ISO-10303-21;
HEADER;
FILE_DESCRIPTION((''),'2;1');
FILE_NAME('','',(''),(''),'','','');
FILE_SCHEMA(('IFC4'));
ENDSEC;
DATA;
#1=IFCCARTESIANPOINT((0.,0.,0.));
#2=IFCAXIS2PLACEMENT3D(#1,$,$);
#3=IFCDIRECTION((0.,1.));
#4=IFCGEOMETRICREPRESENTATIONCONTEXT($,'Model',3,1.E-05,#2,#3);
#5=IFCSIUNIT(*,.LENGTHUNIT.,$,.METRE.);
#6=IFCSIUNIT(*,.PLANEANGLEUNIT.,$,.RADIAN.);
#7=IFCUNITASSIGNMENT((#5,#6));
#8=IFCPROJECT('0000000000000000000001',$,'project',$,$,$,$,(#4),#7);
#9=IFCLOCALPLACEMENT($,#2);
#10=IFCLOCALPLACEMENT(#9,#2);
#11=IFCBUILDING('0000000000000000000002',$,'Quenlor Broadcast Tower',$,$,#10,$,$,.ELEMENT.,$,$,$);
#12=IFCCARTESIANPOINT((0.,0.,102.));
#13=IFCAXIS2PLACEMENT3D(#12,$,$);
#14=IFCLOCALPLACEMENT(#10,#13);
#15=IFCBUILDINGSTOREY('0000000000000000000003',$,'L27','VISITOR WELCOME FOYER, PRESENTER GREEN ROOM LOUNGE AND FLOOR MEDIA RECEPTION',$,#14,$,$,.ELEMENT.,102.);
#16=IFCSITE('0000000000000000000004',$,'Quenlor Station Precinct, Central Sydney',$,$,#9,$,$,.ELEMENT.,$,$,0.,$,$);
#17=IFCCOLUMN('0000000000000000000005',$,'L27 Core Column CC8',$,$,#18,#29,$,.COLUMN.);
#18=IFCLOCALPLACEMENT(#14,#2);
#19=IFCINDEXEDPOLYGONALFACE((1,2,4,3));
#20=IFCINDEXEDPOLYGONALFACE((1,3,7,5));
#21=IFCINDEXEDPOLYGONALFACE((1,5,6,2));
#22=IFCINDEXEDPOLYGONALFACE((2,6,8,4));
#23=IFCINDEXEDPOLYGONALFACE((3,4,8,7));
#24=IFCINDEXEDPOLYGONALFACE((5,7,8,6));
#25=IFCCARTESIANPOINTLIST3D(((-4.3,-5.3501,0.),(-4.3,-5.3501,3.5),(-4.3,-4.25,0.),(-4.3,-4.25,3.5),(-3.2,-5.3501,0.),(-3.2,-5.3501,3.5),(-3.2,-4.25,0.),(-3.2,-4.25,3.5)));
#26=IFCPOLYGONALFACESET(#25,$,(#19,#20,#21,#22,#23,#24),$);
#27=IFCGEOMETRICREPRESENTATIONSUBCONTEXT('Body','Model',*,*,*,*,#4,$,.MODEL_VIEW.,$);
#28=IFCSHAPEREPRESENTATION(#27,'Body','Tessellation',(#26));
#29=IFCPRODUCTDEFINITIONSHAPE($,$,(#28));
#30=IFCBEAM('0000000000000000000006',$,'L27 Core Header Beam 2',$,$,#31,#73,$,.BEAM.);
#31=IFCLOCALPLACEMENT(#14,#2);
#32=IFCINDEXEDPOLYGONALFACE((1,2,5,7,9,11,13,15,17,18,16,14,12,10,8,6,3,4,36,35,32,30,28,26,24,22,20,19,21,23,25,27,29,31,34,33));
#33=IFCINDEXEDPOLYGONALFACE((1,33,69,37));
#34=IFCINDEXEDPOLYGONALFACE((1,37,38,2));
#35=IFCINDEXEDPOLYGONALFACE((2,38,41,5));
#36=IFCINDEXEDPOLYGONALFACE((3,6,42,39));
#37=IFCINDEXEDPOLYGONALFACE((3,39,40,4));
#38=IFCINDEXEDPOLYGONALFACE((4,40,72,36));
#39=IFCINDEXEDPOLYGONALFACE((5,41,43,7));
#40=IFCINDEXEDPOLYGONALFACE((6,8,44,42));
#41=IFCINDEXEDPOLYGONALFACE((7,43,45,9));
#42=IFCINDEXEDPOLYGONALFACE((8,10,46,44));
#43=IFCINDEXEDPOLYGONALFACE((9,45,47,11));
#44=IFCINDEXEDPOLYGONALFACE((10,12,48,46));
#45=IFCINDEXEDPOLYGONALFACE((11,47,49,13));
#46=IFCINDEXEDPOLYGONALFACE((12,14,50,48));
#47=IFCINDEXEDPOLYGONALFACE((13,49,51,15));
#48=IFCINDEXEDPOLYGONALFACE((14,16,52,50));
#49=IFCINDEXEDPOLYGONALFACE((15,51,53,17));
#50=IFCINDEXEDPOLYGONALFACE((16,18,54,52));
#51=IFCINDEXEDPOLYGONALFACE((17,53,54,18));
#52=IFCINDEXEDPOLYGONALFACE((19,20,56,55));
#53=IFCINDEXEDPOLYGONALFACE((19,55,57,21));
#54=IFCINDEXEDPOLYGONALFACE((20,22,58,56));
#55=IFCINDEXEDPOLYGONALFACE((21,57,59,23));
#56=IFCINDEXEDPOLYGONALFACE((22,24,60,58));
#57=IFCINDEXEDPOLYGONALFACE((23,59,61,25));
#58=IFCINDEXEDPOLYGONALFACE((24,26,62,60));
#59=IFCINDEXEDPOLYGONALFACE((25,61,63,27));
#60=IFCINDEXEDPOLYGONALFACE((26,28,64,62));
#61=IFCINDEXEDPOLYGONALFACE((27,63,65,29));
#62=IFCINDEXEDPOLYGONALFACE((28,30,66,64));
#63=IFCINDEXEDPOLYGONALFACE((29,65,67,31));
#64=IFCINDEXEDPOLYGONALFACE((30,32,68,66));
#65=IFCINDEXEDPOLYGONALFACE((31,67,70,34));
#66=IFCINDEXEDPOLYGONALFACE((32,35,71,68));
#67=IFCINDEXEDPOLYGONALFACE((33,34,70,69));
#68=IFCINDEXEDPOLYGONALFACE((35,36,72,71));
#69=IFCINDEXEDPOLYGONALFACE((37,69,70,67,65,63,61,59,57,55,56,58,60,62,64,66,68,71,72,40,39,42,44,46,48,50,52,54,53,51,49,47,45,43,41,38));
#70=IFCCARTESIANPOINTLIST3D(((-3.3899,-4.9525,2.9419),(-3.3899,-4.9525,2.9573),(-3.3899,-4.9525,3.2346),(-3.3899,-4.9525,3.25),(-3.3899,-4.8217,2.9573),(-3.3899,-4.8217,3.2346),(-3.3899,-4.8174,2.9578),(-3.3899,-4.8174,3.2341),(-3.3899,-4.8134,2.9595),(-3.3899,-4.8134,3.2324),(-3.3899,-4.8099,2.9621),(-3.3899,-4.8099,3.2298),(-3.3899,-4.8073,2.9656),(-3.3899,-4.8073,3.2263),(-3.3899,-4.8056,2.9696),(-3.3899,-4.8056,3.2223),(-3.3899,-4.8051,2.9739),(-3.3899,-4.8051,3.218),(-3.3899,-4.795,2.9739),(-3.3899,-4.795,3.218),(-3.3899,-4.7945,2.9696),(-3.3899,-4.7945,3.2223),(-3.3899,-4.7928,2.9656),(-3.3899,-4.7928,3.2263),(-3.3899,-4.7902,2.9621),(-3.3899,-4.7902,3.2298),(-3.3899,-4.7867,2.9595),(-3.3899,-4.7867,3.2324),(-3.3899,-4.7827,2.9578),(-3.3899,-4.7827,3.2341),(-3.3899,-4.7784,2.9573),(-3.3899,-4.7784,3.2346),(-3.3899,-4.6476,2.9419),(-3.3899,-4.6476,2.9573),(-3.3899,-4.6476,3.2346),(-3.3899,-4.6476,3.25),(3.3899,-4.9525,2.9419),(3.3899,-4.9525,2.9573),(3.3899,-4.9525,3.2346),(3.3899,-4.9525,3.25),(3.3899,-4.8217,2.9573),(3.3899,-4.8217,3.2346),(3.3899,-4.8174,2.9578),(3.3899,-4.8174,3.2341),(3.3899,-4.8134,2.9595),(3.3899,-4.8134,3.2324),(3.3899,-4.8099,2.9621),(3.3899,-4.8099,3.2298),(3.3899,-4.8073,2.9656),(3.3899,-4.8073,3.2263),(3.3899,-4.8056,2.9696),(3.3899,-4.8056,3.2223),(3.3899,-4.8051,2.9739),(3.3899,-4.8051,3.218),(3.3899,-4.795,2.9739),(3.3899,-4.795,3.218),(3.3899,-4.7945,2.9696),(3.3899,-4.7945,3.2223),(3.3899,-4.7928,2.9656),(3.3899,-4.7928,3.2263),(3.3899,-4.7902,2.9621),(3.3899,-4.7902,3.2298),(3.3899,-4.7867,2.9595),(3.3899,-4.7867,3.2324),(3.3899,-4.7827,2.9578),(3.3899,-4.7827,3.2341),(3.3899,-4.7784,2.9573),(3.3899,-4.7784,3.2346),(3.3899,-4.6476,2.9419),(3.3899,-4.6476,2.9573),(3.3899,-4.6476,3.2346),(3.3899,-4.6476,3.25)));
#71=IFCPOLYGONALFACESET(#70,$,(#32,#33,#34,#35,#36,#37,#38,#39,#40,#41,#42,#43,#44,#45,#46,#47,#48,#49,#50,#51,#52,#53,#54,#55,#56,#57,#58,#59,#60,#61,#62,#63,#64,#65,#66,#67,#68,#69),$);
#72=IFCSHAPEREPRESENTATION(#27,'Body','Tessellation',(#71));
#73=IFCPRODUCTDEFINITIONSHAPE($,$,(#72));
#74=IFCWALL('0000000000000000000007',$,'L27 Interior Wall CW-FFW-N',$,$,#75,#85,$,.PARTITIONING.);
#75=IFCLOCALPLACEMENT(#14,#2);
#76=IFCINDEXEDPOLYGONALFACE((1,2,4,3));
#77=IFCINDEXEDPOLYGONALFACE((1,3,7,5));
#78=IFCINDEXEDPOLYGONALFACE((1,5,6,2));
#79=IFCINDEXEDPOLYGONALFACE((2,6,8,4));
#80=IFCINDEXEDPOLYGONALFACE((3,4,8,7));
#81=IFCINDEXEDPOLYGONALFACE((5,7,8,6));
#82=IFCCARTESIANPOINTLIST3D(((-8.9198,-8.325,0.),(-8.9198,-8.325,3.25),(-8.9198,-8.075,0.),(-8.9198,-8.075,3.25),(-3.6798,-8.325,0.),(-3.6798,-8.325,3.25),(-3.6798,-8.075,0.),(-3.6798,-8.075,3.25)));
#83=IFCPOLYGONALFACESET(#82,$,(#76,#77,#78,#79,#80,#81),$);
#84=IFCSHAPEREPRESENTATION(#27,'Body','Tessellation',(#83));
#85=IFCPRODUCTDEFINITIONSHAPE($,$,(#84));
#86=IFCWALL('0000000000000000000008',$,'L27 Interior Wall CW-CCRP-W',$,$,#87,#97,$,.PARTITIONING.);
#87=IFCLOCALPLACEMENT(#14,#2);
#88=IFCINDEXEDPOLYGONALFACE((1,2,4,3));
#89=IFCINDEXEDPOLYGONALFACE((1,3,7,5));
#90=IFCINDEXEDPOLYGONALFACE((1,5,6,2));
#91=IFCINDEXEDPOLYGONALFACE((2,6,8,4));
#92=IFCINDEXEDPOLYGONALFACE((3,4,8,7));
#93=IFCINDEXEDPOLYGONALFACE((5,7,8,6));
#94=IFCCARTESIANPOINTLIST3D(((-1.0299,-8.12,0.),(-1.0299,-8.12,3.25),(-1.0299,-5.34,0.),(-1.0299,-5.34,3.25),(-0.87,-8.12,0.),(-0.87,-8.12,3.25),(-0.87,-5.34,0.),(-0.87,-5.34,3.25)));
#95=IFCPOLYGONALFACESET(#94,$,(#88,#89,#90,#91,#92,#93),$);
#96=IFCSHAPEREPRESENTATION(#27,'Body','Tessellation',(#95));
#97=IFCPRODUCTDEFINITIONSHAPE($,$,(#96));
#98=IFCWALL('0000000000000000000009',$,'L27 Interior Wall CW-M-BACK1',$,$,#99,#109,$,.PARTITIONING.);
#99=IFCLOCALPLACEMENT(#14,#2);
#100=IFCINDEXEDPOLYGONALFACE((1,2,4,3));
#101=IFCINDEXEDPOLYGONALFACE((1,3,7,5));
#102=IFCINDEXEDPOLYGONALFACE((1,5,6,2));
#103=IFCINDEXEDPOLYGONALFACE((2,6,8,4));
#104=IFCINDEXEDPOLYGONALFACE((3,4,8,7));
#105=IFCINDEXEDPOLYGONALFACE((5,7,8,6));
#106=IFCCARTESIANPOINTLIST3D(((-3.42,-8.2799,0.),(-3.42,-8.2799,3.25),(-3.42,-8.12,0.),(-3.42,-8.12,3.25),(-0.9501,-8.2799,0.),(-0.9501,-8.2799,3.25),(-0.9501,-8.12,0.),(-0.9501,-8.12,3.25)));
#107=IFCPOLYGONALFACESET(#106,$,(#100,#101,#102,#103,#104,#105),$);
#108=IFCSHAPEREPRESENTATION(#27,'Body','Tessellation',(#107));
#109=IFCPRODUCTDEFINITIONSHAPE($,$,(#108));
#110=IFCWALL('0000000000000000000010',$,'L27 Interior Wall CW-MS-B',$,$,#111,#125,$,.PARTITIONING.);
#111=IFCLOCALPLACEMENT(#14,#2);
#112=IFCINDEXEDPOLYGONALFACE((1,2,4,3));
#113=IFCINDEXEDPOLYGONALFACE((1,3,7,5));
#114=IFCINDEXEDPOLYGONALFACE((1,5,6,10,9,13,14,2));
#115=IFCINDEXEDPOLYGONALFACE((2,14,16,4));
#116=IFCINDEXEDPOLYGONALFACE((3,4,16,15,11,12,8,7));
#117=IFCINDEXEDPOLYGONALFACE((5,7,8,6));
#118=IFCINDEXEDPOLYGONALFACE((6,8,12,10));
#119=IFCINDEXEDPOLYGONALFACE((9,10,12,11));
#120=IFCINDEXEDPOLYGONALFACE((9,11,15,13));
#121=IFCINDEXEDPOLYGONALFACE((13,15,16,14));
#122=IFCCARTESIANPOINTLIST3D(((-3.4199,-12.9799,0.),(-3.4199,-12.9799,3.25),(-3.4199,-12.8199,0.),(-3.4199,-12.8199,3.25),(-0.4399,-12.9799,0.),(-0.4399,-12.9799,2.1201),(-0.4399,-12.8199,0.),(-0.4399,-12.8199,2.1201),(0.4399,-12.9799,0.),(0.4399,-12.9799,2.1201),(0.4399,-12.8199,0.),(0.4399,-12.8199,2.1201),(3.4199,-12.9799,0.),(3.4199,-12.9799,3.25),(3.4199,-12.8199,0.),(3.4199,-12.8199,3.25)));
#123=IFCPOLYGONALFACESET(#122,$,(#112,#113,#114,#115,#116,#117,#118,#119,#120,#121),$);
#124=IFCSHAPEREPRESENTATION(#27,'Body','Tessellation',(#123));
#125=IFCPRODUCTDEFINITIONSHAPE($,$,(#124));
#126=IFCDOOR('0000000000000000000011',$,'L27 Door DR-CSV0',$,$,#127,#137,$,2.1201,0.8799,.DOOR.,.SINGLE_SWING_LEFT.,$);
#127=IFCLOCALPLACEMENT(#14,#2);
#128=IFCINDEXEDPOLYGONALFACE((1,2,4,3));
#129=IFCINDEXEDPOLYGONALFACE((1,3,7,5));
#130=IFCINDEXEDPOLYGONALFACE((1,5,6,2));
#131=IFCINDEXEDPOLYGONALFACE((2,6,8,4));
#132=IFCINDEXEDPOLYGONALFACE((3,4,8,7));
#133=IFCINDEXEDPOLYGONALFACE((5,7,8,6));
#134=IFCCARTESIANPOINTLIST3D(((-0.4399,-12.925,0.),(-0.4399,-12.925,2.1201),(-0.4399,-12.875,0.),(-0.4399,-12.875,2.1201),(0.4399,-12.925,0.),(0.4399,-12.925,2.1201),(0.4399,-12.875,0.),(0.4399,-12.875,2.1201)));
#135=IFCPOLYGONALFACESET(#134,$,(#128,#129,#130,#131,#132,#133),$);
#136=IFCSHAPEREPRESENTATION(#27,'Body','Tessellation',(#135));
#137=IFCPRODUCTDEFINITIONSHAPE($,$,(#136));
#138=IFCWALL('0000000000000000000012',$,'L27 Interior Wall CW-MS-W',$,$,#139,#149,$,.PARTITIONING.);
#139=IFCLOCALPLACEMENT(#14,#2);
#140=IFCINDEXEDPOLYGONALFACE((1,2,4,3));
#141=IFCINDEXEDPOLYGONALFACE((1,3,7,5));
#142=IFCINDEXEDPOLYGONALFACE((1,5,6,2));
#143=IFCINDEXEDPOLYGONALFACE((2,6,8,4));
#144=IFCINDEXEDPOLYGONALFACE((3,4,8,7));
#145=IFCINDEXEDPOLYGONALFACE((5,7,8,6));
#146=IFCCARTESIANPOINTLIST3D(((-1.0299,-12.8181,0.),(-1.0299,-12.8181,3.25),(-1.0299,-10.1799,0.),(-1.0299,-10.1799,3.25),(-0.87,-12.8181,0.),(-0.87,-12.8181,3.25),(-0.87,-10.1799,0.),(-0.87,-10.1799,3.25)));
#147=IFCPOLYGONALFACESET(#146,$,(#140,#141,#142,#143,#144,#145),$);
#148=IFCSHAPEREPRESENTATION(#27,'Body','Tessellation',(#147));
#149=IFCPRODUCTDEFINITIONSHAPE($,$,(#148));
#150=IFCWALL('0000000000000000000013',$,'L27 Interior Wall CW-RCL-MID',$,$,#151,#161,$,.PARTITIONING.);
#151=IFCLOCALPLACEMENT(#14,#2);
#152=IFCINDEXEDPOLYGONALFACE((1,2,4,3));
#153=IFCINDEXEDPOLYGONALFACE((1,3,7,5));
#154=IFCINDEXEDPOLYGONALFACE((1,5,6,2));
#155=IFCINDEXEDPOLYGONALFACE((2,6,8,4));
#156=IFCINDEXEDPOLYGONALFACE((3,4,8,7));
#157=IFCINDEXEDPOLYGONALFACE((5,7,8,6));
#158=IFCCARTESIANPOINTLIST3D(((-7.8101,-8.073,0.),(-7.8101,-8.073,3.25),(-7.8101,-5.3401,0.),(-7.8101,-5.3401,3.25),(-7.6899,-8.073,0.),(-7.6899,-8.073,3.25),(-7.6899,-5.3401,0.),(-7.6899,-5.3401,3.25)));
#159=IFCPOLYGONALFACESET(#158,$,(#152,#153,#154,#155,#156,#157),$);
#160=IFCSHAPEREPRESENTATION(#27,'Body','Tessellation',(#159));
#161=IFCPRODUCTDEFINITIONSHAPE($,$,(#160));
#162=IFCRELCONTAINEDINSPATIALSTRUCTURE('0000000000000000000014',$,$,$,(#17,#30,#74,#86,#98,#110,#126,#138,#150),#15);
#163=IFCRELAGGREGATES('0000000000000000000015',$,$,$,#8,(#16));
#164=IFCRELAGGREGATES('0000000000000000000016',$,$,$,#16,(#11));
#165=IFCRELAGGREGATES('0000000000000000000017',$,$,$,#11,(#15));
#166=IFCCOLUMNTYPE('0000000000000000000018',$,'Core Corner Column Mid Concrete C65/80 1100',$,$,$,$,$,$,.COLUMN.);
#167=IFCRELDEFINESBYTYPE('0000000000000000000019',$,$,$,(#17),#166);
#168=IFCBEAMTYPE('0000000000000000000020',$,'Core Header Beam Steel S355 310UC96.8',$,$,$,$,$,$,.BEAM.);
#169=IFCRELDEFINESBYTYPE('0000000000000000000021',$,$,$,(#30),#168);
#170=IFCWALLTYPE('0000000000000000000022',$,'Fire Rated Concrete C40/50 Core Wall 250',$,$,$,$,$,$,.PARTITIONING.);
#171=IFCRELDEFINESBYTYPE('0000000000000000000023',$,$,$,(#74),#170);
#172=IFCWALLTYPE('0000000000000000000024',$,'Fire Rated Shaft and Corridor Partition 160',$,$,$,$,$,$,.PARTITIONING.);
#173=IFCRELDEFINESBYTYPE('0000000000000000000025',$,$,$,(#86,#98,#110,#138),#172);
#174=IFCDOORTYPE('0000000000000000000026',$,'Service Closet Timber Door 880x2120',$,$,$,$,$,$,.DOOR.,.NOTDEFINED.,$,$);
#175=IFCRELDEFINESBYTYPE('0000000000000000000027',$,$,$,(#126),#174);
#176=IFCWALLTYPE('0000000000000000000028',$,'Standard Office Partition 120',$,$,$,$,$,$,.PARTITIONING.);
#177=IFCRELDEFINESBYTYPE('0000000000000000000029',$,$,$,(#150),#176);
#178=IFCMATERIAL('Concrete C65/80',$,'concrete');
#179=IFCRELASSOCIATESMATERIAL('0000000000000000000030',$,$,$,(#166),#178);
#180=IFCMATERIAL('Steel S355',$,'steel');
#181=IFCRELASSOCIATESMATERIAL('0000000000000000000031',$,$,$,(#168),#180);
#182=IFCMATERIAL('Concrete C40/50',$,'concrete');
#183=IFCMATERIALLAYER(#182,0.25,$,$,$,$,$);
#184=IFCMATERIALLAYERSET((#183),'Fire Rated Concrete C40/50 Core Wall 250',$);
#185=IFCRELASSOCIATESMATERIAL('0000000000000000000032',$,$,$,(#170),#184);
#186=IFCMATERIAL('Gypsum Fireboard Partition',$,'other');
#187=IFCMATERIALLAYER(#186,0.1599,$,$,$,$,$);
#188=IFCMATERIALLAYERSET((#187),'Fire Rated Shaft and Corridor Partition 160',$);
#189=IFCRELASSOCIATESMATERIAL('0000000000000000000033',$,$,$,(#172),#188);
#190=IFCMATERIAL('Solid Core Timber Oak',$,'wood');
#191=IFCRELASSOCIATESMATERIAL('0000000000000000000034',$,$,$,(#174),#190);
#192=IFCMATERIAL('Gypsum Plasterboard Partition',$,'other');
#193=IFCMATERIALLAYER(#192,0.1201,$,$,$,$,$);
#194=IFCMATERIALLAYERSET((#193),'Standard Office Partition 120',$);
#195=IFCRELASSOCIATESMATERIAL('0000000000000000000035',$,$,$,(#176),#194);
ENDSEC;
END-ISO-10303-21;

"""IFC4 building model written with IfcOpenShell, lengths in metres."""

from ifc_helpers import new_model, si_unit, direction, frame, frame_2d, origin, origin_2d, place, context, subcontext, project, spatial, rectangle, i_section, extrude, material, layer, layer_set, material_profile, profile_set, type_object, element, fill, save


model = new_model("IFC4")

# Units and contexts
model_context = context("Model", 3, precision=1e-05, world=origin(), true_north=direction((0.0, 1.0)))
body_context = subcontext(model_context, "Body", "Model", "MODEL_VIEW")
ifc_project = project(units=[si_unit("LENGTHUNIT", "METRE"), si_unit("PLANEANGLEUNIT", "RADIAN")], contexts=[model_context])

# Site, building, storey
site_placement = place(None, origin())
site = spatial("IfcSite", under=ifc_project, at=site_placement, Name="Quenlor Station Precinct, Central Sydney", CompositionType="ELEMENT", RefElevation=0.0)
building_placement = place(site_placement, origin())
building = spatial("IfcBuilding", under=site, at=building_placement, Name="Quenlor Broadcast Tower", CompositionType="ELEMENT")
storey_placement = place(building_placement, frame((0.0, 0.0, 102.0)))
storey = spatial("IfcBuildingStorey", under=building, at=storey_placement, Name="L27", Description="VISITOR WELCOME FOYER, PRESENTER GREEN ROOM LOUNGE AND FLOOR MEDIA RECEPTION", CompositionType="ELEMENT", Elevation=102.0)

# Column
ifc_material_1 = material(Name="Concrete C65/80", Category="concrete")
ifc_material_profile_1 = material_profile(ifc_material_1, rectangle(XDim=1.1001, YDim=1.1001, at=origin_2d()))
ifc_profile_set_1 = profile_set([ifc_material_profile_1], Name="Concrete C65/80 RC1100x1100")
column_type = type_object("IfcColumnType", Name="Core Corner Column Mid Concrete C65/80 1100", PredefinedType="COLUMN", material=ifc_profile_set_1)
column_placement = place(storey_placement, frame((-3.75, -4.8, 0.0), z_axis=(0.0, 0.0, 1.0), x_axis=(1.0, 0.0, 0.0)))
element("IfcColumn", 1, at=column_placement, inside=storey, type_object=column_type, Name="L27 Core Column CC8", PredefinedType="COLUMN", context=body_context, shape_type="SweptSolid", body=[
    extrude(rectangle(XDim=1.1001, YDim=1.1001, at=origin_2d()), origin(), (0.0, 0.0, 1.0), 3.5),
])

# Beam
ifc_material_2 = material(Name="Steel S355", Category="steel")
ifc_material_profile_2 = material_profile(ifc_material_2, i_section(OverallWidth=0.3049, OverallDepth=0.3081, WebThickness=0.01, FlangeThickness=0.0154, FilletRadius=0.0166, at=origin_2d()))
ifc_profile_set_2 = profile_set([ifc_material_profile_2], Name="Steel S355 310UC96.8")
beam_type = type_object("IfcBeamType", Name="Core Header Beam Steel S355 310UC96.8", PredefinedType="BEAM", material=ifc_profile_set_2)
beam_placement = place(storey_placement, frame((-3.3899, -4.8, 3.0959), z_axis=(1.0, 0.0, 0.0), x_axis=(0.0, 1.0, 0.0)))
element("IfcBeam", 2, at=beam_placement, inside=storey, type_object=beam_type, Name="L27 Core Header Beam 2", PredefinedType="BEAM", context=body_context, shape_type="SweptSolid", body=[
    extrude(i_section(OverallWidth=0.3049, OverallDepth=0.3081, WebThickness=0.01, FlangeThickness=0.0154, FilletRadius=0.0166, at=origin_2d()), origin(), (0.0, 0.0, 1.0), 6.7798),
])

# Shared definitions
ifc_material_3 = material(Name="Concrete C40/50", Category="concrete")
ifc_layer_1 = layer(ifc_material_3, 0.25)
ifc_layer_set_1 = layer_set([ifc_layer_1], Name="Fire Rated Concrete C40/50 Core Wall 250")
wall_type_1 = type_object("IfcWallType", Name="Fire Rated Concrete C40/50 Core Wall 250", PredefinedType="PARTITIONING", material=ifc_layer_set_1)

# Wall
wall_1_placement = place(storey_placement, frame((-8.9199, -8.2, 0.0), z_axis=(0.0, 0.0, 1.0), x_axis=(1.0, 0.0, 0.0)))
element("IfcWall", 3, at=wall_1_placement, inside=storey, type_object=wall_type_1, Name="L27 Interior Wall CW-FFW-N", PredefinedType="PARTITIONING", context=body_context, shape_type="SweptSolid", body=[
    extrude(rectangle(XDim=5.24, YDim=0.25, at=frame_2d((2.6201, 0.0))), origin(), (0.0, 0.0, 1.0), 3.25),
])

# Walls
ifc_material_4 = material(Name="Gypsum Fireboard Partition", Category="other")
ifc_layer_2 = layer(ifc_material_4, 0.1599)
ifc_layer_set_2 = layer_set([ifc_layer_2], Name="Fire Rated Shaft and Corridor Partition 160")
wall_type_2 = type_object("IfcWallType", Name="Fire Rated Shaft and Corridor Partition 160", PredefinedType="PARTITIONING", material=ifc_layer_set_2)
wall_2_placement = place(storey_placement, frame((-0.95, -8.1201, 0.0), z_axis=(0.0, 0.0, 1.0), x_axis=(0.0, 1.0, 0.0)))
element("IfcWall", 4, at=wall_2_placement, inside=storey, type_object=wall_type_2, Name="L27 Interior Wall CW-CCRP-W", PredefinedType="PARTITIONING", context=body_context, shape_type="SweptSolid", body=[
    extrude(rectangle(XDim=2.78, YDim=0.1599, at=frame_2d((1.3901, 0.0))), origin(), (0.0, 0.0, 1.0), 3.25),
])
wall_3_placement = place(storey_placement, frame((-3.4199, -8.2, 0.0), z_axis=(0.0, 0.0, 1.0), x_axis=(1.0, 0.0, 0.0)))
element("IfcWall", 5, at=wall_3_placement, inside=storey, type_object=wall_type_2, Name="L27 Interior Wall CW-M-BACK1", PredefinedType="PARTITIONING", context=body_context, shape_type="SweptSolid", body=[
    extrude(rectangle(XDim=2.47, YDim=0.1599, at=frame_2d((1.2349, 0.0))), origin(), (0.0, 0.0, 1.0), 3.25),
])

# Wall, opening, door
wall_4_placement = place(storey_placement, frame((-3.4199, -12.8999, 0.0), z_axis=(0.0, 0.0, 1.0), x_axis=(1.0, 0.0, 0.0)))
wall_4 = element("IfcWall", 6, at=wall_4_placement, inside=storey, type_object=wall_type_2, Name="L27 Interior Wall CW-MS-B", PredefinedType="PARTITIONING", context=body_context, shape_type="SweptSolid", body=[
    extrude(rectangle(XDim=6.8398, YDim=0.1599, at=frame_2d((3.4199, 0.0))), origin(), (0.0, 0.0, 1.0), 3.25),
])
opening_1_placement = place(wall_4_placement, frame((2.98, 0.0, 0.0)))
opening_1 = element("IfcOpeningElement", 7, at=opening_1_placement, cuts=wall_4, PredefinedType="OPENING", context=body_context, shape_type="SweptSolid", body=[
    extrude(rectangle(XDim=0.8799, YDim=2.1201, at=frame_2d((0.4399, 1.0601))), frame((0.0, 0.0898, 0.0), z_axis=(0.0, -1.0, 0.0), x_axis=(1.0, 0.0, 0.0)), (0.0, 0.0, 1.0), 0.1799),
])
ifc_material_5 = material(Name="Solid Core Timber Oak", Category="wood")
door_type_1 = type_object("IfcDoorType", Name="Service Closet Timber Door 880x2120", OperationType="NOTDEFINED", PredefinedType="DOOR", material=ifc_material_5)
door_1_placement = place(opening_1_placement, origin())
door_1 = element("IfcDoor", 8, at=door_1_placement, inside=storey, type_object=door_type_1, Name="L27 Door DR-CSV0", OperationType="SINGLE_SWING_LEFT", OverallHeight=2.1201, OverallWidth=0.8799, PredefinedType="DOOR", context=body_context, shape_type="SweptSolid", body=[
    extrude(rectangle(XDim=0.8799, YDim=2.1201, at=frame_2d((0.4399, 1.0601))), frame((0.0, 0.0249, 0.0), z_axis=(0.0, -1.0, 0.0), x_axis=(1.0, 0.0, 0.0)), (0.0, 0.0, 1.0), 0.05),
])
fill(opening_1, door_1)

# Walls
wall_5_placement = place(storey_placement, frame((-0.95, -12.8181, 0.0), z_axis=(0.0, 0.0, 1.0), x_axis=(0.0, 1.0, 0.0)))
element("IfcWall", 9, at=wall_5_placement, inside=storey, type_object=wall_type_2, Name="L27 Interior Wall CW-MS-W", PredefinedType="PARTITIONING", context=body_context, shape_type="SweptSolid", body=[
    extrude(rectangle(XDim=2.6382, YDim=0.1599, at=frame_2d((1.3191, 0.0))), origin(), (0.0, 0.0, 1.0), 3.25),
])
ifc_material_6 = material(Name="Gypsum Plasterboard Partition", Category="other")
ifc_layer_3 = layer(ifc_material_6, 0.1201)
ifc_layer_set_3 = layer_set([ifc_layer_3], Name="Standard Office Partition 120")
wall_type_3 = type_object("IfcWallType", Name="Standard Office Partition 120", PredefinedType="PARTITIONING", material=ifc_layer_set_3)
wall_6_placement = place(storey_placement, frame((-7.75, -8.073, 0.0), z_axis=(0.0, 0.0, 1.0), x_axis=(0.0, 1.0, 0.0)))
element("IfcWall", 10, at=wall_6_placement, inside=storey, type_object=wall_type_3, Name="L27 Interior Wall CW-RCL-MID", PredefinedType="PARTITIONING", context=body_context, shape_type="SweptSolid", body=[
    extrude(rectangle(XDim=2.7329, YDim=0.1201, at=frame_2d((1.3665, 0.0))), origin(), (0.0, 0.0, 1.0), 3.25),
])

save(model, "model.ifc")
